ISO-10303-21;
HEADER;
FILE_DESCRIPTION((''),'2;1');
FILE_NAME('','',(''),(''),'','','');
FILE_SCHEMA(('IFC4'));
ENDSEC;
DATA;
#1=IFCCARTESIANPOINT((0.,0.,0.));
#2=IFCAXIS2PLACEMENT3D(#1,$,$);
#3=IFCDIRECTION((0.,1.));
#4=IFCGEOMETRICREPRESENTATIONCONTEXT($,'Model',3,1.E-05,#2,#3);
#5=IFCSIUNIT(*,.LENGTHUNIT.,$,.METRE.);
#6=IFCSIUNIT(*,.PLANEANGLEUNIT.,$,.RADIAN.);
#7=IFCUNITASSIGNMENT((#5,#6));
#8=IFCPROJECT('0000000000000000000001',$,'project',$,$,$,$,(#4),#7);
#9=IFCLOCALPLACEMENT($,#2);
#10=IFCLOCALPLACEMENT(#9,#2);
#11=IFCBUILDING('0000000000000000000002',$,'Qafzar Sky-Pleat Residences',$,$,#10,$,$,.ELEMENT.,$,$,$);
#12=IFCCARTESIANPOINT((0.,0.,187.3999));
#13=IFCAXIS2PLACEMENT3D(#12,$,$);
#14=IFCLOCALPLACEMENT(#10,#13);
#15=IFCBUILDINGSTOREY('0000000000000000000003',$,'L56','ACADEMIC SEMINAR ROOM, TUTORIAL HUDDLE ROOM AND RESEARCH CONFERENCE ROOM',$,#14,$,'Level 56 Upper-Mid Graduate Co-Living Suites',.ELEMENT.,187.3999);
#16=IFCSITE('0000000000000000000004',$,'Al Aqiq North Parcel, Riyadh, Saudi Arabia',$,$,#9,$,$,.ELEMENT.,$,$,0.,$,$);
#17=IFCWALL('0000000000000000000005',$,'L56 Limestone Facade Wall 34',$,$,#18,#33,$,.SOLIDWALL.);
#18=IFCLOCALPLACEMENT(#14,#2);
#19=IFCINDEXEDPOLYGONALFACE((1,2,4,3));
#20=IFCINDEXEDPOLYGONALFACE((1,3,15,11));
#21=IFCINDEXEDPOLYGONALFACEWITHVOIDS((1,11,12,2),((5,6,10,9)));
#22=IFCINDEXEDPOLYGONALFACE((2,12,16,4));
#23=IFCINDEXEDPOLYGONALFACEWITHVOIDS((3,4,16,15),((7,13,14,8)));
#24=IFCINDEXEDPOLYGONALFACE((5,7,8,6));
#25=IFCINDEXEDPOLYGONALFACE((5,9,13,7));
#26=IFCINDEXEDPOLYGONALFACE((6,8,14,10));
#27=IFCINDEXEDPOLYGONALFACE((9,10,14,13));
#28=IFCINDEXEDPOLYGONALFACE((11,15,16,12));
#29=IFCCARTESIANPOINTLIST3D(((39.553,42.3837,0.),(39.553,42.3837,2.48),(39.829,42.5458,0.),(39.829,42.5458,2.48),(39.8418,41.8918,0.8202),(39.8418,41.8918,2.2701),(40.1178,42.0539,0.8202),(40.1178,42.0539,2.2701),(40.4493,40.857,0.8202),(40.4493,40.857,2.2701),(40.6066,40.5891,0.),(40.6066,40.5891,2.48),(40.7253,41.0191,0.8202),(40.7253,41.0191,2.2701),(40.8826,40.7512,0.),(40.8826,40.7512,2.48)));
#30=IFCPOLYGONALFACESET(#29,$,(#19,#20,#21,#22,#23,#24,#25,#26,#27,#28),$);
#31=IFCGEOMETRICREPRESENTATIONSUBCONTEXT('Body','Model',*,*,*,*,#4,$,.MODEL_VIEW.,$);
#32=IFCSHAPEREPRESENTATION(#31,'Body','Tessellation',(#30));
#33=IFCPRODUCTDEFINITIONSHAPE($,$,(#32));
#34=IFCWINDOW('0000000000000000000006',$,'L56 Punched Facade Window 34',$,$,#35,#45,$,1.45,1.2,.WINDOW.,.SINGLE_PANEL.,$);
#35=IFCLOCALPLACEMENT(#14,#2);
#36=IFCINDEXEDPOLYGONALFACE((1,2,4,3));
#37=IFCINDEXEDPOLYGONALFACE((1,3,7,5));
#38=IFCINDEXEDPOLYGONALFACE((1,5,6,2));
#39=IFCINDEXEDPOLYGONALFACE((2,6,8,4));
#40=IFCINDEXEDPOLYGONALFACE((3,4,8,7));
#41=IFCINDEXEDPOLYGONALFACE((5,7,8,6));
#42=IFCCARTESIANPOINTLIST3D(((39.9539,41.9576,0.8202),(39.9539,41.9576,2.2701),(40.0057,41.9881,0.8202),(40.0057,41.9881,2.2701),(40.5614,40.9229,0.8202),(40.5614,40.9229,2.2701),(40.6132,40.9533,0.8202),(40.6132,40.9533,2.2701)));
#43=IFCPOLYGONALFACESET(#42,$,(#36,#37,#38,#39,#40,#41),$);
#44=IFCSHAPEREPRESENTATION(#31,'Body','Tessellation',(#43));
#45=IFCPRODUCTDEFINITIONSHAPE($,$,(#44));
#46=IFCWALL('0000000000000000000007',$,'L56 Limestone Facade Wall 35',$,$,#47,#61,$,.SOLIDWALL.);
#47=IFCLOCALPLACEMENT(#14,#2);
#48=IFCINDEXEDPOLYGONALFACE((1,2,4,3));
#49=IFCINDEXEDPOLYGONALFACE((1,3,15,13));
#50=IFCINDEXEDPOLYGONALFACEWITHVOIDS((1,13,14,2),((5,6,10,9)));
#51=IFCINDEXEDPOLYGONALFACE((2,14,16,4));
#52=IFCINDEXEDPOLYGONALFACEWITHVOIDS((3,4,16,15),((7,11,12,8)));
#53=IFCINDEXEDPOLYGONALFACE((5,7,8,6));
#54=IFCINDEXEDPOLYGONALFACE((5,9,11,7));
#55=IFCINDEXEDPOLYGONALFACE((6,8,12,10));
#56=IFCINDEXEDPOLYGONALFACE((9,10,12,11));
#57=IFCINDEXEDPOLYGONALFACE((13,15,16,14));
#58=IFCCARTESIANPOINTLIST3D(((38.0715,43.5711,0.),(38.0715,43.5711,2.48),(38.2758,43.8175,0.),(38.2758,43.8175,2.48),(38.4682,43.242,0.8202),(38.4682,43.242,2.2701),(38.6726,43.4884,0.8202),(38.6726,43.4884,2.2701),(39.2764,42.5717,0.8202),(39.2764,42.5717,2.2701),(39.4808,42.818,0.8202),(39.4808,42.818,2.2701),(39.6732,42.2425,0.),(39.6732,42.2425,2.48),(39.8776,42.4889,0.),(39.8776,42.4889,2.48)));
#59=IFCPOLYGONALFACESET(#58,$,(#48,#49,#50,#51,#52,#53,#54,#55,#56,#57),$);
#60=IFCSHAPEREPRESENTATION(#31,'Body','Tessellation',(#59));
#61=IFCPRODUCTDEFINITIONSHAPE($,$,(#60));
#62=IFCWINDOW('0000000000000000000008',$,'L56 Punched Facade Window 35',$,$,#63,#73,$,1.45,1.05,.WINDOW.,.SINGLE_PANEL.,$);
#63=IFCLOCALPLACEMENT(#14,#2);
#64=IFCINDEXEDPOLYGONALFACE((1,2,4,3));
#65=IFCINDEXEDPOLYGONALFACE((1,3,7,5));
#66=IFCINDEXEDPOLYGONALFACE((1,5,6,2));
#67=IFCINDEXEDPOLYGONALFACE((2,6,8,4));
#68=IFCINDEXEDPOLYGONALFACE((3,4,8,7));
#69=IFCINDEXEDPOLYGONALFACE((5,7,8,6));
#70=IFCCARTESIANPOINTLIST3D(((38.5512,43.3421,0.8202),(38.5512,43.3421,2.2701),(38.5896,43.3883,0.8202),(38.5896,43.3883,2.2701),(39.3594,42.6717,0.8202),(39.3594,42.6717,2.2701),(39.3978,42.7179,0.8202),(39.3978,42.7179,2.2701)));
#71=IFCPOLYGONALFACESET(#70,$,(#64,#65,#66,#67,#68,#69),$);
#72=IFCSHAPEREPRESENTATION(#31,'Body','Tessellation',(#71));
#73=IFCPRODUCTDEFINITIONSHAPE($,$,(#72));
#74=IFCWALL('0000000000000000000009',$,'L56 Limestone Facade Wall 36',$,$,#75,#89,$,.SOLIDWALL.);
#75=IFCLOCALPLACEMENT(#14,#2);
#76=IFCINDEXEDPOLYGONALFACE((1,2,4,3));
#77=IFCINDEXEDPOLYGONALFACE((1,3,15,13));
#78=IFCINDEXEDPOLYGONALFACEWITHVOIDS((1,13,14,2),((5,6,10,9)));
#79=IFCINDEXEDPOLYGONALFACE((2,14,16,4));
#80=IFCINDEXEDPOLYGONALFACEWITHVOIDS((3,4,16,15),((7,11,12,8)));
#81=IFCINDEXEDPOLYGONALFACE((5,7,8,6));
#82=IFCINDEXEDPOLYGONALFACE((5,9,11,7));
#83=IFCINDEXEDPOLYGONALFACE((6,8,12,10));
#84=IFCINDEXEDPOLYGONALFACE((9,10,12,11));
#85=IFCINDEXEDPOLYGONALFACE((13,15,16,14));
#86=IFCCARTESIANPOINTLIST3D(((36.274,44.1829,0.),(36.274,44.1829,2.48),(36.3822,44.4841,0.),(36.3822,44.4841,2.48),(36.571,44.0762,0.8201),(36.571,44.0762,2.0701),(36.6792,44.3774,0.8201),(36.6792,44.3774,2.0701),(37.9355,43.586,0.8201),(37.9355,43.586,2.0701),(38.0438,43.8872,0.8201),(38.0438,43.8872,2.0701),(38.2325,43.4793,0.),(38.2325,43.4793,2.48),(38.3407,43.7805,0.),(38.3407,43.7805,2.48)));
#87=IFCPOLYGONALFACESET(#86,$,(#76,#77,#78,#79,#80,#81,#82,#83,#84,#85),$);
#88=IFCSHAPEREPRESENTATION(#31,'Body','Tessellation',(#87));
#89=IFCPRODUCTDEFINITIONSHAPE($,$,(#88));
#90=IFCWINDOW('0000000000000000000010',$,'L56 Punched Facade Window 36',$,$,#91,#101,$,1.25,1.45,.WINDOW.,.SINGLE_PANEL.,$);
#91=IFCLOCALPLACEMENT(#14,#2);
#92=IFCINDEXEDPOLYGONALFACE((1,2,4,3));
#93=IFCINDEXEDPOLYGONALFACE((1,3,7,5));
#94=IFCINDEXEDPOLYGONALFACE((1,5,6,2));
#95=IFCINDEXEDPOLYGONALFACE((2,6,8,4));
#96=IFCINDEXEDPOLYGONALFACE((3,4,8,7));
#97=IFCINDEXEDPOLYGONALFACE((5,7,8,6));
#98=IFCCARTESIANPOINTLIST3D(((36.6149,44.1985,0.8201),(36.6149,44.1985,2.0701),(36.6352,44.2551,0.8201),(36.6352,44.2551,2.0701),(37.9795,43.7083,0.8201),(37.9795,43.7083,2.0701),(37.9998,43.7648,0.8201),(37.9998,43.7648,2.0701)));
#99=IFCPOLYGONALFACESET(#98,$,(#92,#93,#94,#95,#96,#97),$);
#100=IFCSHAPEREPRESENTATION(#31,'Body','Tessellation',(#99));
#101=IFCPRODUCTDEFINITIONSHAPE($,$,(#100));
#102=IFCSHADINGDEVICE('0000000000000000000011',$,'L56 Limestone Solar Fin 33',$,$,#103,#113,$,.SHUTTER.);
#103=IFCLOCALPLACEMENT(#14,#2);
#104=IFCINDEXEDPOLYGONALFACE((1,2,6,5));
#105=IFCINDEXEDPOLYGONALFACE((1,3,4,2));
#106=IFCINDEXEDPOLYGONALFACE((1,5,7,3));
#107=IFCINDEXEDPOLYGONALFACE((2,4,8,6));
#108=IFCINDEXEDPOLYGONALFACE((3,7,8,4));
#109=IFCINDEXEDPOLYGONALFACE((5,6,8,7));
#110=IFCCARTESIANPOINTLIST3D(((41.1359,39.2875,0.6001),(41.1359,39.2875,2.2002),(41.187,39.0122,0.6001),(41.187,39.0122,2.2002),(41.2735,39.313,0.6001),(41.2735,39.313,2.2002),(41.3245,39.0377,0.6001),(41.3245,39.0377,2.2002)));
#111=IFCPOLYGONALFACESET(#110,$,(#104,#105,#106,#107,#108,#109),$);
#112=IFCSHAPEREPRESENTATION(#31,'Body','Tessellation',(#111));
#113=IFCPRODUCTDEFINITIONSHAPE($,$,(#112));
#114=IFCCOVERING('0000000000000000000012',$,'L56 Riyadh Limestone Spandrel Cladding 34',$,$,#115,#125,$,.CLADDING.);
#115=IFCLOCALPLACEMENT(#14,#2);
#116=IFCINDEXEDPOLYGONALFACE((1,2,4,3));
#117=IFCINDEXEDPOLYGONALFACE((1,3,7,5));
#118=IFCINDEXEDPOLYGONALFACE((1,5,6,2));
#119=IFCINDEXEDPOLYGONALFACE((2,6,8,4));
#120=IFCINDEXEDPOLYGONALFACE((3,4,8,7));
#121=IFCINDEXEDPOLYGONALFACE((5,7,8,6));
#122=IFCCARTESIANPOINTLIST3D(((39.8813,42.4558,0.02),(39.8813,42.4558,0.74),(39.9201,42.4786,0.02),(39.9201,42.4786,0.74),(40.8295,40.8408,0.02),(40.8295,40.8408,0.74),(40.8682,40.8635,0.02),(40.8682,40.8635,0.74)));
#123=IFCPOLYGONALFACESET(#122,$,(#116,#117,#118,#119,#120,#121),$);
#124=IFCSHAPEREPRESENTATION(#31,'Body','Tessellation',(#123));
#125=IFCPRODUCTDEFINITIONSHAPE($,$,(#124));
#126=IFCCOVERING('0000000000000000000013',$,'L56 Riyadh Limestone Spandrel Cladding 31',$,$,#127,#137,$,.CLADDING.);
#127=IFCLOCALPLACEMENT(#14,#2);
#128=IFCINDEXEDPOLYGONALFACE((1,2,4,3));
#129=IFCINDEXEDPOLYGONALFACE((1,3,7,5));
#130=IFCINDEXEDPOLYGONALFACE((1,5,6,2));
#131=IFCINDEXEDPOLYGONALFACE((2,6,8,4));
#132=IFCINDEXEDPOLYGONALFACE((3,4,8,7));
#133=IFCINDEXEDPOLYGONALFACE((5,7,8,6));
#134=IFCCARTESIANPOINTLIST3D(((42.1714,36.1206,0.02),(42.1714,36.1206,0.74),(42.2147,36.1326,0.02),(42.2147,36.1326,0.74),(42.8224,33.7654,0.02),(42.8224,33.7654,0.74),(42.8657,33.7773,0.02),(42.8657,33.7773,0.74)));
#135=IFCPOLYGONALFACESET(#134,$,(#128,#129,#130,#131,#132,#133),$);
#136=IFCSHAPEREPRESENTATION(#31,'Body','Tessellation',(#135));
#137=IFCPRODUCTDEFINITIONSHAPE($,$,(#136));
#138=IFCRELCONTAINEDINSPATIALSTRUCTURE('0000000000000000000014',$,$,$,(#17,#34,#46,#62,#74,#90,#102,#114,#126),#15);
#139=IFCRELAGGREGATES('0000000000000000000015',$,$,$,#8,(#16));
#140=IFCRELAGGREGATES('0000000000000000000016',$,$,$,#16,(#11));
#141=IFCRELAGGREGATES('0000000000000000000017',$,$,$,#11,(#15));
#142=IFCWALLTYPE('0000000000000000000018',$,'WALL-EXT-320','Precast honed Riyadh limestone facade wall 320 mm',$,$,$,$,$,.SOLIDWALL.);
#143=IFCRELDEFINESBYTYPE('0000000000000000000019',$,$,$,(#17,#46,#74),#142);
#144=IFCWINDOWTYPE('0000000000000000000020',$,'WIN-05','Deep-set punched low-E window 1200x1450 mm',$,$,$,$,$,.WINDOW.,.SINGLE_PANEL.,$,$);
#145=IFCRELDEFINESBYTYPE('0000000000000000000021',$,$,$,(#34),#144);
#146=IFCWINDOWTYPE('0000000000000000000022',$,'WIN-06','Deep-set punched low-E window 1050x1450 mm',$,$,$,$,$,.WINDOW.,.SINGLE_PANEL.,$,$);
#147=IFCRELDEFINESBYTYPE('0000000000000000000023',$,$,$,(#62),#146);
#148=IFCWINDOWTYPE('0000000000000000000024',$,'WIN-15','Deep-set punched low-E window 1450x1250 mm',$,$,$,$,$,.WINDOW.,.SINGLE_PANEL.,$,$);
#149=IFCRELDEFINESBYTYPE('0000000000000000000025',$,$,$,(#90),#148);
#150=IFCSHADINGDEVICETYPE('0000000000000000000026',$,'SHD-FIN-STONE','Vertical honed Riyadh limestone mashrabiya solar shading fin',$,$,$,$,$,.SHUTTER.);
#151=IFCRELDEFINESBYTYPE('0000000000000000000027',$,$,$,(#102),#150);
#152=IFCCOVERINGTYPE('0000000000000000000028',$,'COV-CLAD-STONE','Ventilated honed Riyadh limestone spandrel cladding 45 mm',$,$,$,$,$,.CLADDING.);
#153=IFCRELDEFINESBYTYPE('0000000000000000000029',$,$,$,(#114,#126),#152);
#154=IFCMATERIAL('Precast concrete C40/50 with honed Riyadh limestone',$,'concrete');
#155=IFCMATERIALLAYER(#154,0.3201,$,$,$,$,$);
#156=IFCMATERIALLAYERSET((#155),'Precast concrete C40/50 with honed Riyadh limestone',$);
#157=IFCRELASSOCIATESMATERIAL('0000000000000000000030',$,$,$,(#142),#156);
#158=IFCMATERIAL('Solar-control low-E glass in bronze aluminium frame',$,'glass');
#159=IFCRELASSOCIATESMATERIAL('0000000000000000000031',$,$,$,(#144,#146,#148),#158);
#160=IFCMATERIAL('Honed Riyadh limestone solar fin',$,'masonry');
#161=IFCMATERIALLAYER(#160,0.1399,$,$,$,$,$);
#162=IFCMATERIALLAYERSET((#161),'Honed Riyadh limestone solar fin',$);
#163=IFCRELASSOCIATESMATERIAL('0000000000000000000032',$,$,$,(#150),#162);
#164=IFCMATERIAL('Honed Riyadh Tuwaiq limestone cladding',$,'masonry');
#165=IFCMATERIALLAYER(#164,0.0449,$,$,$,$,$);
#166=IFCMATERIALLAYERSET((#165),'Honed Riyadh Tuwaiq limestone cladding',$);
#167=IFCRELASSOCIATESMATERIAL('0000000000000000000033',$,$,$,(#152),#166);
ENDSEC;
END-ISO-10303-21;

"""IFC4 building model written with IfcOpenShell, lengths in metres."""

from ifc_helpers import new_model, si_unit, direction, frame, frame_2d, origin, origin_2d, place, context, subcontext, project, spatial, rectangle, extrude, source, transform, mapped, material, layer, layer_set, type_object, element, fill, save


model = new_model("IFC4")

# Units and contexts
model_context = context("Model", 3, precision=1e-05, world=origin(), true_north=direction((0.0, 1.0)))
body_context = subcontext(model_context, "Body", "Model", "MODEL_VIEW")
ifc_project = project(units=[si_unit("LENGTHUNIT", "METRE"), si_unit("PLANEANGLEUNIT", "RADIAN")], contexts=[model_context])

# Site, building, storey
site_placement = place(None, origin())
site = spatial("IfcSite", under=ifc_project, at=site_placement, Name="Al Aqiq North Parcel, Riyadh, Saudi Arabia", CompositionType="ELEMENT", RefElevation=0.0)
building_placement = place(site_placement, origin())
building = spatial("IfcBuilding", under=site, at=building_placement, Name="Qafzar Sky-Pleat Residences", CompositionType="ELEMENT")
storey_placement = place(building_placement, frame((0.0, 0.0, 187.3999)))
storey = spatial("IfcBuildingStorey", under=building, at=storey_placement, Name="L56", Description="ACADEMIC SEMINAR ROOM, TUTORIAL HUDDLE ROOM AND RESEARCH CONFERENCE ROOM", LongName="Level 56 Upper-Mid Graduate Co-Living Suites", CompositionType="ELEMENT", Elevation=187.3999)

# Walls, openings, windows
ifc_material_1 = material(Name="Precast concrete C40/50 with honed Riyadh limestone", Category="concrete")
ifc_layer_1 = layer(ifc_material_1, 0.3201)
ifc_layer_set_1 = layer_set([ifc_layer_1], Name="Precast concrete C40/50 with honed Riyadh limestone")
wall_type_1 = type_object("IfcWallType", Name="WALL-EXT-320", Description="Precast honed Riyadh limestone facade wall 320 mm", PredefinedType="SOLIDWALL", material=ifc_layer_set_1)
ifc_material_2 = material(Name="Solar-control low-E glass in bronze aluminium frame", Category="glass")
wall_1_placement = place(storey_placement, frame((40.7446, 40.6702, 0.0), z_axis=(0.0, 0.0, 1.0), x_axis=(-0.506312, 0.86235, 0.0)))
wall_1 = element("IfcWall", 1, at=wall_1_placement, inside=storey, type_object=wall_type_1, Name="L56 Limestone Facade Wall 34", PredefinedType="SOLIDWALL", context=body_context, shape_type="SweptSolid", body=[
    extrude(rectangle(XDim=2.0811, YDim=0.3201, at=frame_2d((1.0405, 0.0))), origin(), (0.0, 0.0, 1.0), 2.48),
])
opening_1_placement = place(wall_1_placement, frame((0.3105, 0.0, 0.8201)))
opening_1 = element("IfcOpeningElement", 2, at=opening_1_placement, cuts=wall_1, PredefinedType="OPENING", context=body_context, shape_type="SweptSolid", body=[
    extrude(rectangle(XDim=1.2, YDim=1.45, at=frame_2d((0.6001, 0.7251))), frame((0.0, 0.1699, 0.0), z_axis=(0.0, -1.0, 0.0), x_axis=(1.0, 0.0, 0.0)), (0.0, 0.0, 1.0), 0.3401),
])
window_type_1 = type_object("IfcWindowType", Name="WIN-05", Description="Deep-set punched low-E window 1200x1450 mm", PartitioningType="SINGLE_PANEL", PredefinedType="WINDOW", material=ifc_material_2)
shared_shape_1 = source(origin(), body_context, "Body", "SweptSolid", [
    extrude(rectangle(XDim=1.2, YDim=1.45, at=frame_2d((0.6001, 0.7251))), frame((0.0, 0.03, 0.0), z_axis=(0.0, -1.0, 0.0), x_axis=(1.0, 0.0, 0.0)), (0.0, 0.0, 1.0), 0.0601),
])
window_1_placement = place(opening_1_placement, origin())
window_1 = element("IfcWindow", 3, at=window_1_placement, inside=storey, type_object=window_type_1, Name="L56 Punched Facade Window 34", OverallHeight=1.45, OverallWidth=1.2, PartitioningType="SINGLE_PANEL", PredefinedType="WINDOW", context=body_context, shape_type="MappedRepresentation", body=[
    mapped(shared_shape_1, transform((0.0, 0.0, 0.0), x_axis=(1.0, 0.0, 0.0), y_axis=(0.0, 1.0, 0.0), z_axis=(0.0, 0.0, 1.0), scale=1.0)),
])
fill(opening_1, window_1)
wall_2_placement = place(storey_placement, frame((39.7754, 42.3657, 0.0), z_axis=(0.0, 0.0, 1.0), x_axis=(-0.76969, 0.638417, 0.0)))
wall_2 = element("IfcWall", 4, at=wall_2_placement, inside=storey, type_object=wall_type_1, Name="L56 Limestone Facade Wall 35", PredefinedType="SOLIDWALL", context=body_context, shape_type="SweptSolid", body=[
    extrude(rectangle(XDim=2.0811, YDim=0.3201, at=frame_2d((1.0405, 0.0))), origin(), (0.0, 0.0, 1.0), 2.48),
])
opening_2_placement = place(wall_2_placement, frame((0.5156, 0.0, 0.8201)))
opening_2 = element("IfcOpeningElement", 5, at=opening_2_placement, cuts=wall_2, PredefinedType="OPENING", context=body_context, shape_type="SweptSolid", body=[
    extrude(rectangle(XDim=1.05, YDim=1.45, at=frame_2d((0.5249, 0.7251))), frame((0.0, 0.1699, 0.0), z_axis=(0.0, -1.0, 0.0), x_axis=(1.0, 0.0, 0.0)), (0.0, 0.0, 1.0), 0.3401),
])
window_type_2 = type_object("IfcWindowType", Name="WIN-06", Description="Deep-set punched low-E window 1050x1450 mm", PartitioningType="SINGLE_PANEL", PredefinedType="WINDOW", material=ifc_material_2)
shared_shape_2 = source(origin(), body_context, "Body", "SweptSolid", [
    extrude(rectangle(XDim=1.05, YDim=1.45, at=frame_2d((0.5249, 0.7251))), frame((0.0, 0.03, 0.0), z_axis=(0.0, -1.0, 0.0), x_axis=(1.0, 0.0, 0.0)), (0.0, 0.0, 1.0), 0.0601),
])
window_2_placement = place(opening_2_placement, origin())
window_2 = element("IfcWindow", 6, at=window_2_placement, inside=storey, type_object=window_type_2, Name="L56 Punched Facade Window 35", OverallHeight=1.45, OverallWidth=1.05, PartitioningType="SINGLE_PANEL", PredefinedType="WINDOW", context=body_context, shape_type="MappedRepresentation", body=[
    mapped(shared_shape_2, transform((0.0, 0.0, 0.0), x_axis=(1.0, 0.0, 0.0), y_axis=(0.0, 1.0, 0.0), z_axis=(0.0, 0.0, 1.0), scale=1.0)),
])
fill(opening_2, window_2)
wall_3_placement = place(storey_placement, frame((38.2866, 43.6299, 0.0), z_axis=(0.0, 0.0, 1.0), x_axis=(-0.941109, 0.338105, 0.0)))
wall_3 = element("IfcWall", 7, at=wall_3_placement, inside=storey, type_object=wall_type_1, Name="L56 Limestone Facade Wall 36", PredefinedType="SOLIDWALL", context=body_context, shape_type="SweptSolid", body=[
    extrude(rectangle(XDim=2.0811, YDim=0.3201, at=frame_2d((1.0405, 0.0))), origin(), (0.0, 0.0, 1.0), 2.48),
])
opening_3_placement = place(wall_3_placement, frame((0.3154, 0.0, 0.8201)))
opening_3 = element("IfcOpeningElement", 8, at=opening_3_placement, cuts=wall_3, PredefinedType="OPENING", context=body_context, shape_type="SweptSolid", body=[
    extrude(rectangle(XDim=1.45, YDim=1.25, at=frame_2d((0.7251, 0.625))), frame((0.0, 0.1699, 0.0), z_axis=(0.0, -1.0, 0.0), x_axis=(1.0, 0.0, 0.0)), (0.0, 0.0, 1.0), 0.3401),
])
window_type_3 = type_object("IfcWindowType", Name="WIN-15", Description="Deep-set punched low-E window 1450x1250 mm", PartitioningType="SINGLE_PANEL", PredefinedType="WINDOW", material=ifc_material_2)
shared_shape_3 = source(origin(), body_context, "Body", "SweptSolid", [
    extrude(rectangle(XDim=1.45, YDim=1.25, at=frame_2d((0.7251, 0.625))), frame((0.0, 0.03, 0.0), z_axis=(0.0, -1.0, 0.0), x_axis=(1.0, 0.0, 0.0)), (0.0, 0.0, 1.0), 0.0601),
])
window_3_placement = place(opening_3_placement, origin())
window_3 = element("IfcWindow", 9, at=window_3_placement, inside=storey, type_object=window_type_3, Name="L56 Punched Facade Window 36", OverallHeight=1.25, OverallWidth=1.45, PartitioningType="SINGLE_PANEL", PredefinedType="WINDOW", context=body_context, shape_type="MappedRepresentation", body=[
    mapped(shared_shape_3, transform((0.0, 0.0, 0.0), x_axis=(1.0, 0.0, 0.0), y_axis=(0.0, 1.0, 0.0), z_axis=(0.0, 0.0, 1.0), scale=1.0)),
])
fill(opening_3, window_3)

# Shading device
ifc_material_3 = material(Name="Honed Riyadh limestone solar fin", Category="masonry")
ifc_layer_2 = layer(ifc_material_3, 0.1399)
ifc_layer_set_2 = layer_set([ifc_layer_2], Name="Honed Riyadh limestone solar fin")
shading_device_type = type_object("IfcShadingDeviceType", Name="SHD-FIN-STONE", Description="Vertical honed Riyadh limestone mashrabiya solar shading fin", PredefinedType="SHUTTER", material=ifc_layer_set_2)
shared_shape_4 = source(origin(), body_context, "Body", "SweptSolid", [
    extrude(rectangle(XDim=0.1399, YDim=0.28, at=origin_2d()), origin(), (0.0, 0.0, 1.0), 1.6001),
])
shading_device_placement = place(storey_placement, frame((41.2302, 39.1626, 0.6001), z_axis=(0.0, 0.0, 1.0), x_axis=(0.983217, 0.182439, 0.0)))
element("IfcShadingDevice", 10, at=shading_device_placement, inside=storey, type_object=shading_device_type, Name="L56 Limestone Solar Fin 33", PredefinedType="SHUTTER", context=body_context, shape_type="MappedRepresentation", body=[
    mapped(shared_shape_4, transform((0.0, 0.0, 0.0), x_axis=(1.0, 0.0, 0.0), y_axis=(0.0, 1.0, 0.0), z_axis=(0.0, 0.0, 1.0), scale=1.0)),
])

# Coverings
ifc_material_4 = material(Name="Honed Riyadh Tuwaiq limestone cladding", Category="masonry")
ifc_layer_3 = layer(ifc_material_4, 0.0449)
ifc_layer_set_3 = layer_set([ifc_layer_3], Name="Honed Riyadh Tuwaiq limestone cladding")
covering_type = type_object("IfcCoveringType", Name="COV-CLAD-STONE", Description="Ventilated honed Riyadh limestone spandrel cladding 45 mm", PredefinedType="CLADDING", material=ifc_layer_set_3)
shared_shape_5 = source(origin(), body_context, "Body", "SweptSolid", [
    extrude(rectangle(XDim=1.8728, YDim=0.0449, at=origin_2d()), origin(), (0.0, 0.0, 1.0), 0.72),
])
covering_1_placement = place(storey_placement, frame((40.3748, 41.6597, 0.02), z_axis=(0.0, 0.0, 1.0), x_axis=(-0.506268, 0.862376, 0.0)))
element("IfcCovering", 11, at=covering_1_placement, inside=storey, type_object=covering_type, Name="L56 Riyadh Limestone Spandrel Cladding 34", PredefinedType="CLADDING", context=body_context, shape_type="MappedRepresentation", body=[
    mapped(shared_shape_5, transform((0.0, 0.0, 0.0), x_axis=(1.0, 0.0, 0.0), y_axis=(0.0, 1.0, 0.0), z_axis=(0.0, 0.0, 1.0), scale=1.0)),
])
shared_shape_6 = source(origin(), body_context, "Body", "SweptSolid", [
    extrude(rectangle(XDim=2.4436, YDim=0.0449, at=origin_2d()), origin(), (0.0, 0.0, 1.0), 0.72),
])
covering_2_placement = place(storey_placement, frame((42.5186, 34.949, 0.02), z_axis=(0.0, 0.0, 1.0), x_axis=(-0.266441, 0.963851, 0.0)))
element("IfcCovering", 12, at=covering_2_placement, inside=storey, type_object=covering_type, Name="L56 Riyadh Limestone Spandrel Cladding 31", PredefinedType="CLADDING", context=body_context, shape_type="MappedRepresentation", body=[
    mapped(shared_shape_6, transform((0.0, 0.0, 0.0), x_axis=(1.0, 0.0, 0.0), y_axis=(0.0, 1.0, 0.0), z_axis=(0.0, 0.0, 1.0), scale=1.0)),
])

save(model, "model.ifc")
